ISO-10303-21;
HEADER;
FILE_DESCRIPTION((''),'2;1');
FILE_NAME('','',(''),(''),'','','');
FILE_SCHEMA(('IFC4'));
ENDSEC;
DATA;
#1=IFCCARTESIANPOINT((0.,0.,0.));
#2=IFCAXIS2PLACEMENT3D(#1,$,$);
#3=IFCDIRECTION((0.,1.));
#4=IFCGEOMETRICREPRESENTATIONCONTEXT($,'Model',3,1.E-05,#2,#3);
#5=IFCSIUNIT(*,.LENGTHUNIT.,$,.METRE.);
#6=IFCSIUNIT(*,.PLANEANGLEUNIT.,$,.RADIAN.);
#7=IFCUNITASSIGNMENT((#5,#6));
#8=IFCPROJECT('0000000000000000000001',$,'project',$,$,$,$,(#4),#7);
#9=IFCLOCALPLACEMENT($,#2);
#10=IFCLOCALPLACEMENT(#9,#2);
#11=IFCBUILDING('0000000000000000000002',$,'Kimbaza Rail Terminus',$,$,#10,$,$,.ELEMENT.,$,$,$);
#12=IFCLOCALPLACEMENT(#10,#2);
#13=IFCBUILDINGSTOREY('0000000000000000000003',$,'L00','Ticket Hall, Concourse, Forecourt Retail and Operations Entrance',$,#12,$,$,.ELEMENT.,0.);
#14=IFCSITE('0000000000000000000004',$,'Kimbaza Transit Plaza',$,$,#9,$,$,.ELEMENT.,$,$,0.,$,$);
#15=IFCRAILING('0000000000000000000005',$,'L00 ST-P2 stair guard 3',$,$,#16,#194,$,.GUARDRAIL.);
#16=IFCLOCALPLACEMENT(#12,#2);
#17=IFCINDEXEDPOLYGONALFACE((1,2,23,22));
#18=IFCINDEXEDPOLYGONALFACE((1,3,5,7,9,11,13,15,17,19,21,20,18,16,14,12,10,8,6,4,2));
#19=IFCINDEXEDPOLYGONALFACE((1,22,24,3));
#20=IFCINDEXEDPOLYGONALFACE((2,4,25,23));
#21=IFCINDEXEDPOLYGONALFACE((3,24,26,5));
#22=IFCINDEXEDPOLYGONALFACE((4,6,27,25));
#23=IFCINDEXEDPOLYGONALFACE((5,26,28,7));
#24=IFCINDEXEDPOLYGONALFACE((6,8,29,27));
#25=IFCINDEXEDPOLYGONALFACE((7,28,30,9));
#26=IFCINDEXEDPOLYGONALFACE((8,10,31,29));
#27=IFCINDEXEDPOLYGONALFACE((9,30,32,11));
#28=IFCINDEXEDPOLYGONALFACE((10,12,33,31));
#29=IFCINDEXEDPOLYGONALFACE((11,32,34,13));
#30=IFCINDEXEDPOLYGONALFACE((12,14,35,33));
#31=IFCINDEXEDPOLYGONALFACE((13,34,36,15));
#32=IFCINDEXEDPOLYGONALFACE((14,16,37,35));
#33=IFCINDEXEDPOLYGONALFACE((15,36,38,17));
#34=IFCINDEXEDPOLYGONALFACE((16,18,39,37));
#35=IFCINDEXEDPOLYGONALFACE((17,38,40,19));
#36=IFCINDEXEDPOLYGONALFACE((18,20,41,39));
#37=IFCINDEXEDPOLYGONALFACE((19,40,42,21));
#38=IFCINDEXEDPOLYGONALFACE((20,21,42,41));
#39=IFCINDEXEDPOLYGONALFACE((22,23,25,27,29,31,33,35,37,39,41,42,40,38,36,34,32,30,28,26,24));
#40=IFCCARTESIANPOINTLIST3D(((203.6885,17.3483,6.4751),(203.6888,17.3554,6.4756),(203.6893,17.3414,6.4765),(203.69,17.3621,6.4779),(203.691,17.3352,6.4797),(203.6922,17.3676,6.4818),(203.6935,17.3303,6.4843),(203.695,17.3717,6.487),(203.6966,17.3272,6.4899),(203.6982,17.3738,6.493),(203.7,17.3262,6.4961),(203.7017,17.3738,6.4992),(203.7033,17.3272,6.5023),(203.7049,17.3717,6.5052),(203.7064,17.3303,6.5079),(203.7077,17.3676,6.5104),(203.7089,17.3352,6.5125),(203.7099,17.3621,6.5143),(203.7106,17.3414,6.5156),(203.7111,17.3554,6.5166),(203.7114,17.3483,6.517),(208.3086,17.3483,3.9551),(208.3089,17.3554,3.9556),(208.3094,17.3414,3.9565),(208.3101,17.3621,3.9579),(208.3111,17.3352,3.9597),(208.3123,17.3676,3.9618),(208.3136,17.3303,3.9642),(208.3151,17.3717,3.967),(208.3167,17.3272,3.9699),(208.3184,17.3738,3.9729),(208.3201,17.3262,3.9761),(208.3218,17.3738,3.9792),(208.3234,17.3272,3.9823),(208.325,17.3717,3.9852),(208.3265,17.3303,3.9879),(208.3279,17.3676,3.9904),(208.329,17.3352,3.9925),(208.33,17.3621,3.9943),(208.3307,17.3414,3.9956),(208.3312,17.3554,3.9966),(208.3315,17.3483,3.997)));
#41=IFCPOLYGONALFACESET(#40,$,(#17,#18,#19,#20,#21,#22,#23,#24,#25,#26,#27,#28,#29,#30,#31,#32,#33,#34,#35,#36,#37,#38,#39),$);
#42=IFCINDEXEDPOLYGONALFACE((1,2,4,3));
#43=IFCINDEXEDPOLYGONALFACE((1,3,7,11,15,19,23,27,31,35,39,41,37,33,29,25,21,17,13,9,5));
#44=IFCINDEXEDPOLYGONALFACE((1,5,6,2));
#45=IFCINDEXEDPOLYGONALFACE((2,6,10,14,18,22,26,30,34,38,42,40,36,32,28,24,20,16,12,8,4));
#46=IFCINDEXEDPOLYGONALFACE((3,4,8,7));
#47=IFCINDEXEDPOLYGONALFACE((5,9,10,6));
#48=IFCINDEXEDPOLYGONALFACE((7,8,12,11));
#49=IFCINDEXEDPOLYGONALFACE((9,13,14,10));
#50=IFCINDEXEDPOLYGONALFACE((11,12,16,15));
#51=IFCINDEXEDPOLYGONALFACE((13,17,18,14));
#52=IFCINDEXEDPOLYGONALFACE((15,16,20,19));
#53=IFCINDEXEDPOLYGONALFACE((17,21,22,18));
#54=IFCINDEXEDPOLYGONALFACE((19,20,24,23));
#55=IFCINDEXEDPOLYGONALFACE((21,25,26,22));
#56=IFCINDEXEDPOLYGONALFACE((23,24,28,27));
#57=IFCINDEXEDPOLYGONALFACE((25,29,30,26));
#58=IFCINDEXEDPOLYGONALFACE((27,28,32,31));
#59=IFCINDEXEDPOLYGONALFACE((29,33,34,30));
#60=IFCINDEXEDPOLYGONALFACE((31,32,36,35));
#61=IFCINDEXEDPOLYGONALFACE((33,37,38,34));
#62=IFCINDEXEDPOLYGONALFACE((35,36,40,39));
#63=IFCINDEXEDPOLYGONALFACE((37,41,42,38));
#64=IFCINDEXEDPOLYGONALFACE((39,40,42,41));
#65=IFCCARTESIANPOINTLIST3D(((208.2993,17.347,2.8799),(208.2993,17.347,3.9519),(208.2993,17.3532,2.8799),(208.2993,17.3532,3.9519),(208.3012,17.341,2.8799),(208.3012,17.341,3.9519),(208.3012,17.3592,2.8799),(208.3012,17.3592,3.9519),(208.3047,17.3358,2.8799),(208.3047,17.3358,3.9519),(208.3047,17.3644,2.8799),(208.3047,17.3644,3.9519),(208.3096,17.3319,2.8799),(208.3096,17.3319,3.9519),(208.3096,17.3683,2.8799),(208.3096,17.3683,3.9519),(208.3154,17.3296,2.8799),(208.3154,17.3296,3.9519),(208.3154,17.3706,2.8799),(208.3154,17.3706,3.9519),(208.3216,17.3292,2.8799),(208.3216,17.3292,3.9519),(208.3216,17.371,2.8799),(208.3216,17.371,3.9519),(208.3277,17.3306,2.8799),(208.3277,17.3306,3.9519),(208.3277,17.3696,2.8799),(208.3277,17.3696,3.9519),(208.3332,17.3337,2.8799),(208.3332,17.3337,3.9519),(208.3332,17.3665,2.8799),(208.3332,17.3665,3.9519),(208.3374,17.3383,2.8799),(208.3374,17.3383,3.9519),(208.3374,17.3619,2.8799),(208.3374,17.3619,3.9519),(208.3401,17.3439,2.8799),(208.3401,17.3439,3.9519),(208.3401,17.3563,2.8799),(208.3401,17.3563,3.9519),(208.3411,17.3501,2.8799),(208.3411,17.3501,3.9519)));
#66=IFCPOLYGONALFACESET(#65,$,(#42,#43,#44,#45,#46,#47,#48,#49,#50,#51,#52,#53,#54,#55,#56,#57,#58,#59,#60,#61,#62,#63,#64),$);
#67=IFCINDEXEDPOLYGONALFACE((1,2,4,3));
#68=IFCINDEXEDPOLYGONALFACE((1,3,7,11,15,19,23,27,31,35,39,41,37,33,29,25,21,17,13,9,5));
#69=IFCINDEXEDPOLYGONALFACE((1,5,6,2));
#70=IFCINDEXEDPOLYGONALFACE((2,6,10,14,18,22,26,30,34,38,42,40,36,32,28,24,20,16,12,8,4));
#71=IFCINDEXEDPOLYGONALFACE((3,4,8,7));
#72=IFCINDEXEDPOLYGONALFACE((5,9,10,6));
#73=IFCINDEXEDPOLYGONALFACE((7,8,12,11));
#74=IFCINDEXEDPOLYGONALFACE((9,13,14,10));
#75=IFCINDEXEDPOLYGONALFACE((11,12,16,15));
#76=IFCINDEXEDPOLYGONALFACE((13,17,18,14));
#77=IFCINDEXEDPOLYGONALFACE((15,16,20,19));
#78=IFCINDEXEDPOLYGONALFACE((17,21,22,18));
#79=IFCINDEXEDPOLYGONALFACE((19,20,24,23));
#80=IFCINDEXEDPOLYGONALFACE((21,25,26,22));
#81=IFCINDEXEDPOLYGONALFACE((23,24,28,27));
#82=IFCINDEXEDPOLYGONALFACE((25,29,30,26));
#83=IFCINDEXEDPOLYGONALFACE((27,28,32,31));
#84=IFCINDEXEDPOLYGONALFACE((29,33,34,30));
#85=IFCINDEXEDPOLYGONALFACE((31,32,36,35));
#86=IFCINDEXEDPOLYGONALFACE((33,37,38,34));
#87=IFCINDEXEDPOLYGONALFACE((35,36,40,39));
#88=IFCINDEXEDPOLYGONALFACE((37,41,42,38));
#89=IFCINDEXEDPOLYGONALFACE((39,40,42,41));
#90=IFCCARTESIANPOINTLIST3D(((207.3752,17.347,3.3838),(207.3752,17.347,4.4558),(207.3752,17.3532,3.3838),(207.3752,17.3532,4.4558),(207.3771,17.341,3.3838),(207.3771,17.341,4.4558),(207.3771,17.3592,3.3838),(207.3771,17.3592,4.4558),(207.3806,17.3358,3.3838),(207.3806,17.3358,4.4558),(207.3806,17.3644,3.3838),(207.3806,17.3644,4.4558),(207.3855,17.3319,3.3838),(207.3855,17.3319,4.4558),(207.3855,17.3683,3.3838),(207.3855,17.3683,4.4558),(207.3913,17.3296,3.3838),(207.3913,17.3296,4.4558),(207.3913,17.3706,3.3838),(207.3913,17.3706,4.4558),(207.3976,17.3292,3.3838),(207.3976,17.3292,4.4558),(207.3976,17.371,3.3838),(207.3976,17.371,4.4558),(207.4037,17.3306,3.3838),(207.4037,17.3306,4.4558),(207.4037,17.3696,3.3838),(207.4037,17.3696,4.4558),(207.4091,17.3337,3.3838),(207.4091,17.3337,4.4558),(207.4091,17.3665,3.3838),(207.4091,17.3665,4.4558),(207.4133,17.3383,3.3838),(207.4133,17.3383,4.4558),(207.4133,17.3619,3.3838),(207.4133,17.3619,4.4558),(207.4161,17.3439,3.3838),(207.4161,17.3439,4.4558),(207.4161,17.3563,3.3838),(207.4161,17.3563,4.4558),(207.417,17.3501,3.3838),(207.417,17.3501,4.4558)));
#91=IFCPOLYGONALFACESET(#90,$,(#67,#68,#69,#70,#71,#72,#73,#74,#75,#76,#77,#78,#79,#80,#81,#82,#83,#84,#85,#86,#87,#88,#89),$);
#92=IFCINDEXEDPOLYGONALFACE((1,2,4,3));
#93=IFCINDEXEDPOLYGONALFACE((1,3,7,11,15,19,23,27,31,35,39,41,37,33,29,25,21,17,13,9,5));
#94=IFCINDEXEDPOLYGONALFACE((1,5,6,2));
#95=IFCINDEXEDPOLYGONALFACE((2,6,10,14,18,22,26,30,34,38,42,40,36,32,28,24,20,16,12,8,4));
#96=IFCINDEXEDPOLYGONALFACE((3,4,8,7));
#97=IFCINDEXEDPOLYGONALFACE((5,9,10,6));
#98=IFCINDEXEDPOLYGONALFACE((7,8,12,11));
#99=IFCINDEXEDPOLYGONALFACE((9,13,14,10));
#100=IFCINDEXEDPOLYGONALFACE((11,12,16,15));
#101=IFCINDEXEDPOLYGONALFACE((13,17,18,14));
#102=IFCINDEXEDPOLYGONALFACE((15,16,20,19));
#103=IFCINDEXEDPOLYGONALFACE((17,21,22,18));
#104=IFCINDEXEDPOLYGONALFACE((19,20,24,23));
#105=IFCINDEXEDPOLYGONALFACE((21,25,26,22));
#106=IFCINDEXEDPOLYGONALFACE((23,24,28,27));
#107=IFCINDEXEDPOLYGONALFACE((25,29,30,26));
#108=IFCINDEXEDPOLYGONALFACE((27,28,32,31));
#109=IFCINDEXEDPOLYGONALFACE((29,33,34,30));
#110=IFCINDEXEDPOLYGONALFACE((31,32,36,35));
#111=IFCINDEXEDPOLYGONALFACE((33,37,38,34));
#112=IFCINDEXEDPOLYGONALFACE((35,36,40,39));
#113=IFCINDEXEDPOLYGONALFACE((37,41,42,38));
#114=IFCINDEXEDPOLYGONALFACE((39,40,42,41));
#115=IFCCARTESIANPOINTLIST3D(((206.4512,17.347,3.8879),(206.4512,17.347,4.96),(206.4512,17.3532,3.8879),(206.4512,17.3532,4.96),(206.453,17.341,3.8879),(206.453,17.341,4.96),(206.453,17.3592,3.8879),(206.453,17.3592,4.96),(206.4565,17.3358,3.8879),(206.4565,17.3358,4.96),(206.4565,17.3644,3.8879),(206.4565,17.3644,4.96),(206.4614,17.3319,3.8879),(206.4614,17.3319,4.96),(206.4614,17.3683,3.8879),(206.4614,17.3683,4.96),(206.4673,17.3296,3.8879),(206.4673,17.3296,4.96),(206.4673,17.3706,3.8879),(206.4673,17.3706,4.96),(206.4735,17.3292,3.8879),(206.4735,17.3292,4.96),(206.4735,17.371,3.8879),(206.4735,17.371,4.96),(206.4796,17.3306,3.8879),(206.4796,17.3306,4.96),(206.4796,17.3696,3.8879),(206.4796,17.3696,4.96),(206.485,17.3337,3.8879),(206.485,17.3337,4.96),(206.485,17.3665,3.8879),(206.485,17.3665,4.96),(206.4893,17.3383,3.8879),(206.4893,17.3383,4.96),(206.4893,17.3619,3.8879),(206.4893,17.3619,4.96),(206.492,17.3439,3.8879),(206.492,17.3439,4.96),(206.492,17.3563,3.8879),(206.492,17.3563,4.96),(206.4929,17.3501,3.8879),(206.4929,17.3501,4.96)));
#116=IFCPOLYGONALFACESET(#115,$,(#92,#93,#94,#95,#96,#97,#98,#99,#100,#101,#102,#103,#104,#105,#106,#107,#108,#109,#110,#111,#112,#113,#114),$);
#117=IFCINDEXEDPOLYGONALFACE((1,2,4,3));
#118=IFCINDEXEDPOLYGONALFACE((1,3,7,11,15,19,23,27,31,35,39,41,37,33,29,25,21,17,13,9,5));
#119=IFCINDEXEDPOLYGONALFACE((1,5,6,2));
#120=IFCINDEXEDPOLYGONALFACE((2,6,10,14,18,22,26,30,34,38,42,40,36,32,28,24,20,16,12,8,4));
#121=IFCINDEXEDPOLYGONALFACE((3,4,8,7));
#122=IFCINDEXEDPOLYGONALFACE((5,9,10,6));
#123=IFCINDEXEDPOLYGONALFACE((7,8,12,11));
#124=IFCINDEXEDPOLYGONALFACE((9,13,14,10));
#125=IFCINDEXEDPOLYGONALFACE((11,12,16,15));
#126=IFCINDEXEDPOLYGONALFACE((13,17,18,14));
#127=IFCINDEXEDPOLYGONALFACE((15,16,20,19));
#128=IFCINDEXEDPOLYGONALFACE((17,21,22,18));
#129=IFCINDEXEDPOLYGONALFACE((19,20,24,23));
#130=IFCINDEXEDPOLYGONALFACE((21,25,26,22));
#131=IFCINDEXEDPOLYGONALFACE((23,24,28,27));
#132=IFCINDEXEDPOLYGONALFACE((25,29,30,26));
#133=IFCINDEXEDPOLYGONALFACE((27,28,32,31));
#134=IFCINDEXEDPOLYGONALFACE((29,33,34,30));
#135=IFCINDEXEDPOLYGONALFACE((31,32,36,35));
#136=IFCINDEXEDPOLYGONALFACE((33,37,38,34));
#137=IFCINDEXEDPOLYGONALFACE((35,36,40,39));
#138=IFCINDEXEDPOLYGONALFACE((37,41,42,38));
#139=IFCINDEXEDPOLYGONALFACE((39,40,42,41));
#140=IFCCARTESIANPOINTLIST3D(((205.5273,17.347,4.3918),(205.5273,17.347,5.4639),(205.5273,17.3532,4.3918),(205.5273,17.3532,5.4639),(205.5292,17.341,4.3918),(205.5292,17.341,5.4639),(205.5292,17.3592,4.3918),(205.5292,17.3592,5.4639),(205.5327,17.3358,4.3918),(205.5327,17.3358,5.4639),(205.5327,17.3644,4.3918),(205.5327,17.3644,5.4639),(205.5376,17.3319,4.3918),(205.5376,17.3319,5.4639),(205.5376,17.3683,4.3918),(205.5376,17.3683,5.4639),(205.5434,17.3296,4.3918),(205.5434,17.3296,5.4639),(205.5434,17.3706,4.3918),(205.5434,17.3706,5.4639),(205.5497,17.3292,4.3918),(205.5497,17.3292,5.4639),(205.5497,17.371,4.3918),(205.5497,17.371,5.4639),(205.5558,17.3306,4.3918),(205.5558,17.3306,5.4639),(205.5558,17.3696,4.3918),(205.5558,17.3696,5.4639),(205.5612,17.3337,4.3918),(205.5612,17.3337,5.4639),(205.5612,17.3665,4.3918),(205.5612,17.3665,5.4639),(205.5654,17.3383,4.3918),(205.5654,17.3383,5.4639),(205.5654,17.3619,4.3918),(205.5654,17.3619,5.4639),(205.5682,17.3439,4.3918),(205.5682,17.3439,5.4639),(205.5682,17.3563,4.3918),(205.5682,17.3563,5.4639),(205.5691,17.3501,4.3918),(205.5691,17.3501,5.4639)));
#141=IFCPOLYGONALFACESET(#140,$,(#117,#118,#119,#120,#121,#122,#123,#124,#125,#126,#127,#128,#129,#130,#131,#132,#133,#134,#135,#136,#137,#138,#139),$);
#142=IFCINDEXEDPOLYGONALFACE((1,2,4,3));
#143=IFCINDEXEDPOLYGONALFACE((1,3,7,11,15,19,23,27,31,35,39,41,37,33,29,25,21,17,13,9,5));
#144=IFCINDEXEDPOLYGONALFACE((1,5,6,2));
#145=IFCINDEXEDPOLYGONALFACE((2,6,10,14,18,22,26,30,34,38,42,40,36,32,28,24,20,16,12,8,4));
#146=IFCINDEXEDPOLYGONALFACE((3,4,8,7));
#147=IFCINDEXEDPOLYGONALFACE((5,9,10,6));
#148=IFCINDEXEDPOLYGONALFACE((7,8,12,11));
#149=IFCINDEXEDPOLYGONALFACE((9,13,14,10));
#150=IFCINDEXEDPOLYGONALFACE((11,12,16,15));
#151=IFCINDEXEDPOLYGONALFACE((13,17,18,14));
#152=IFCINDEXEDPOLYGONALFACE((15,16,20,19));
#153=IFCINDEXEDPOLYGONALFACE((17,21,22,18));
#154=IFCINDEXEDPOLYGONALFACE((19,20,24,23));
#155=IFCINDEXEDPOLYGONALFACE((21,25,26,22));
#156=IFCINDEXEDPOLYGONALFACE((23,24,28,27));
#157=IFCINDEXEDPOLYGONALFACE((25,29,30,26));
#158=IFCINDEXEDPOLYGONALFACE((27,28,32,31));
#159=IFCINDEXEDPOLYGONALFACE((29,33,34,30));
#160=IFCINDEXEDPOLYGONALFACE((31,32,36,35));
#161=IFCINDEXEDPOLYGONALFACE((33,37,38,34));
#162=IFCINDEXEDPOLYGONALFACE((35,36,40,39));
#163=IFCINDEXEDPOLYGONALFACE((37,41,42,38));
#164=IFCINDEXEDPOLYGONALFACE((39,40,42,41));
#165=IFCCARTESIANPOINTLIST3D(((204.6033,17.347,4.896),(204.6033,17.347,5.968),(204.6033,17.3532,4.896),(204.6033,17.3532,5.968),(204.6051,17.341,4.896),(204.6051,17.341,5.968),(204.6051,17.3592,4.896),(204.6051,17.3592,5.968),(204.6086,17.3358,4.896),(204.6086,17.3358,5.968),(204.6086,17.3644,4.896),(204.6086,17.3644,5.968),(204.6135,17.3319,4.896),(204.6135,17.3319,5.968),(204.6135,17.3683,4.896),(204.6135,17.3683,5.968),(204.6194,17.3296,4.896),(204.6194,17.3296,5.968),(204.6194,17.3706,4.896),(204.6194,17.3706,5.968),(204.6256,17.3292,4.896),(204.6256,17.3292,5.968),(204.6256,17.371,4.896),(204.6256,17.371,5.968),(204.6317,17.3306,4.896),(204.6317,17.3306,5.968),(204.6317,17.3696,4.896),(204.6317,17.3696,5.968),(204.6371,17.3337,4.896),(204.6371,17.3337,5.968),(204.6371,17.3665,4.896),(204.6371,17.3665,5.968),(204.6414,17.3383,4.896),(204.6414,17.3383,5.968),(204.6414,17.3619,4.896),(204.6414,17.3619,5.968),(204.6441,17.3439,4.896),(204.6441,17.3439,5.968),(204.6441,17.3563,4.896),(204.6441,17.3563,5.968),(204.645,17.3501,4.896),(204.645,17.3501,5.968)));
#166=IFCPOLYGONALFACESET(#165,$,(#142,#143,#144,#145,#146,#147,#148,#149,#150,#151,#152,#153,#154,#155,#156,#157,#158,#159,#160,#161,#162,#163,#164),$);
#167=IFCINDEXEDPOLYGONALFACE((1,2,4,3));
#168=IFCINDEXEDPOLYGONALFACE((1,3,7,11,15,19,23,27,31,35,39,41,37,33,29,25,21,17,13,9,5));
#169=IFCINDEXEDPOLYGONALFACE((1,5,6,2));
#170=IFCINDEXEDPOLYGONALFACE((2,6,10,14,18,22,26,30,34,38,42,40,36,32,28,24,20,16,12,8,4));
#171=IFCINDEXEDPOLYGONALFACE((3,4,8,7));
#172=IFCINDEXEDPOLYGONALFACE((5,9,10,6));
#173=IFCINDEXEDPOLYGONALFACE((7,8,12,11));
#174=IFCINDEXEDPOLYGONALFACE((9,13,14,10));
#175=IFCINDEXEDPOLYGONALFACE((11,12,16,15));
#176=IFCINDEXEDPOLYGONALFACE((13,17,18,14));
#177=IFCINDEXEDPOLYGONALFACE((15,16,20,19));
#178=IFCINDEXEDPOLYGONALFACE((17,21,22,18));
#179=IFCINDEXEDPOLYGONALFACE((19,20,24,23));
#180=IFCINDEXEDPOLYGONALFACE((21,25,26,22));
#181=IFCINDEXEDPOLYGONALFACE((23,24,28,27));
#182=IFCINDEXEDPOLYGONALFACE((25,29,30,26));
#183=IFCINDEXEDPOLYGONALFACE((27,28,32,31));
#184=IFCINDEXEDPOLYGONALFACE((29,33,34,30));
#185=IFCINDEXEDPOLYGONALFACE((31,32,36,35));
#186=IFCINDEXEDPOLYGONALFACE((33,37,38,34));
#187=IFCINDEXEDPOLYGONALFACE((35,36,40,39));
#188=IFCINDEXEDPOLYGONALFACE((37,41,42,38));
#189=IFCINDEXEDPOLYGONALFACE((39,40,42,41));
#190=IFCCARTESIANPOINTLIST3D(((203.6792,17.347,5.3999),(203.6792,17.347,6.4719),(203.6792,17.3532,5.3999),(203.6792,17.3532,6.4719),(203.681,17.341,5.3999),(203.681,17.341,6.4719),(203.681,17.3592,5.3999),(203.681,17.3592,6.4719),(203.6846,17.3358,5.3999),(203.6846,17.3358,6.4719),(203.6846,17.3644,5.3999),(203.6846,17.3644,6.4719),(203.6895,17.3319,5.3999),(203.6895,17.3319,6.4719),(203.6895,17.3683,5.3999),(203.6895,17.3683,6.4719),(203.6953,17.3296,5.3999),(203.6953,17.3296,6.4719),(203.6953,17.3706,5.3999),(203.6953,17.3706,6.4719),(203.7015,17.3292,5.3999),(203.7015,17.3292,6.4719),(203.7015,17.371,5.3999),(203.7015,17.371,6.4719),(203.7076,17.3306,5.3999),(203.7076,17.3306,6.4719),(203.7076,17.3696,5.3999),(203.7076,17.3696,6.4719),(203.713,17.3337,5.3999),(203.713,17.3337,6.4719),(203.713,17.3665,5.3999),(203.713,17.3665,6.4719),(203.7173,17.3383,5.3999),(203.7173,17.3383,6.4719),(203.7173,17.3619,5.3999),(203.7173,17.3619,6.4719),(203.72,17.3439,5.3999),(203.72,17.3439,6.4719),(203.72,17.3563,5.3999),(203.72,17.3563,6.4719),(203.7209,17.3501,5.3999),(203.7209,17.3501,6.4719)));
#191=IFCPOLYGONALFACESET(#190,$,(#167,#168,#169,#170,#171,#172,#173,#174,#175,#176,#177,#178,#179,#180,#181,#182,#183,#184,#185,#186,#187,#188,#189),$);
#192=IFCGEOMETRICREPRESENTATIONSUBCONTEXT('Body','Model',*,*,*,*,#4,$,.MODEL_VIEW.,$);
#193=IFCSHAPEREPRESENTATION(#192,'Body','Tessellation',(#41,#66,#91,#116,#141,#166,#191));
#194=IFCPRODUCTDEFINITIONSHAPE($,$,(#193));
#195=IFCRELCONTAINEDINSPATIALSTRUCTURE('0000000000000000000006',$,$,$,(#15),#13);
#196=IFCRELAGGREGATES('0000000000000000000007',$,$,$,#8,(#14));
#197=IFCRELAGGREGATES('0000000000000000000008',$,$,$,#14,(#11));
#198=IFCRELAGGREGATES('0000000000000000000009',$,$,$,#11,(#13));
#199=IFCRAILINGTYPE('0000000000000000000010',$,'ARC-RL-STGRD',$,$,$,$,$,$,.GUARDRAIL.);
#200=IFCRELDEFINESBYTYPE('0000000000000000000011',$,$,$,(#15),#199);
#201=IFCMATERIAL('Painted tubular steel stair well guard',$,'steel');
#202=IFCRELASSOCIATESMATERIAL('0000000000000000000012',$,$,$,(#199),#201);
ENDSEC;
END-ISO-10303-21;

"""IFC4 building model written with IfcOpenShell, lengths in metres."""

from ifc_helpers import new_model, si_unit, direction, frame, origin, origin_2d, place, context, subcontext, project, spatial, circle, extrude, material, type_object, element, save


model = new_model("IFC4")

# Units and contexts
model_context = context("Model", 3, precision=1e-05, world=origin(), true_north=direction((0.0, 1.0)))
body_context = subcontext(model_context, "Body", "Model", "MODEL_VIEW")
ifc_project = project(units=[si_unit("LENGTHUNIT", "METRE"), si_unit("PLANEANGLEUNIT", "RADIAN")], contexts=[model_context])

# Site, building, storey
site_placement = place(None, origin())
site = spatial("IfcSite", under=ifc_project, at=site_placement, Name="Kimbaza Transit Plaza", CompositionType="ELEMENT", RefElevation=0.0)
building_placement = place(site_placement, origin())
building = spatial("IfcBuilding", under=site, at=building_placement, Name="Kimbaza Rail Terminus", CompositionType="ELEMENT")
storey_placement = place(building_placement, origin())
storey = spatial("IfcBuildingStorey", under=building, at=storey_placement, Name="L00", Description="Ticket Hall, Concourse, Forecourt Retail and Operations Entrance", CompositionType="ELEMENT", Elevation=0.0)

# Railing
ifc_material_1 = material(Name="Painted tubular steel stair well guard", Category="steel")
railing_type_1 = type_object("IfcRailingType", Name="ARC-RL-STGRD", PredefinedType="GUARDRAIL", material=ifc_material_1)
railing_1_placement = place(storey_placement, frame((208.3201, 17.3501, 2.8799)))
element("IfcRailing", 1, at=railing_1_placement, inside=storey, type_object=railing_type_1, Name="L00 ST-P2 stair guard 3", PredefinedType="GUARDRAIL", context=body_context, shape_type="SweptSolid", body=[
    extrude(circle(Radius=0.0239, at=origin_2d()), frame((0.0, 0.0, 1.0962), z_axis=(-0.877899, 0.0, 0.478846), x_axis=(0.0, -1.0, 0.0)), (0.0, 0.0, 1.0), 5.2627),
    extrude(circle(Radius=0.021, at=origin_2d()), origin(), (0.0, 0.0, 1.0), 1.072),
    extrude(circle(Radius=0.021, at=origin_2d()), frame((-0.9241, 0.0, 0.5039)), (0.0, 0.0, 1.0), 1.072),
    extrude(circle(Radius=0.021, at=origin_2d()), frame((-1.8481, 0.0, 1.0081)), (0.0, 0.0, 1.0), 1.072),
    extrude(circle(Radius=0.021, at=origin_2d()), frame((-2.772, 0.0, 1.512)), (0.0, 0.0, 1.0), 1.072),
    extrude(circle(Radius=0.021, at=origin_2d()), frame((-3.696, 0.0, 2.0161)), (0.0, 0.0, 1.0), 1.072),
    extrude(circle(Radius=0.021, at=origin_2d()), frame((-4.6201, 0.0, 2.52)), (0.0, 0.0, 1.0), 1.072),
])

save(model, "model.ifc")
